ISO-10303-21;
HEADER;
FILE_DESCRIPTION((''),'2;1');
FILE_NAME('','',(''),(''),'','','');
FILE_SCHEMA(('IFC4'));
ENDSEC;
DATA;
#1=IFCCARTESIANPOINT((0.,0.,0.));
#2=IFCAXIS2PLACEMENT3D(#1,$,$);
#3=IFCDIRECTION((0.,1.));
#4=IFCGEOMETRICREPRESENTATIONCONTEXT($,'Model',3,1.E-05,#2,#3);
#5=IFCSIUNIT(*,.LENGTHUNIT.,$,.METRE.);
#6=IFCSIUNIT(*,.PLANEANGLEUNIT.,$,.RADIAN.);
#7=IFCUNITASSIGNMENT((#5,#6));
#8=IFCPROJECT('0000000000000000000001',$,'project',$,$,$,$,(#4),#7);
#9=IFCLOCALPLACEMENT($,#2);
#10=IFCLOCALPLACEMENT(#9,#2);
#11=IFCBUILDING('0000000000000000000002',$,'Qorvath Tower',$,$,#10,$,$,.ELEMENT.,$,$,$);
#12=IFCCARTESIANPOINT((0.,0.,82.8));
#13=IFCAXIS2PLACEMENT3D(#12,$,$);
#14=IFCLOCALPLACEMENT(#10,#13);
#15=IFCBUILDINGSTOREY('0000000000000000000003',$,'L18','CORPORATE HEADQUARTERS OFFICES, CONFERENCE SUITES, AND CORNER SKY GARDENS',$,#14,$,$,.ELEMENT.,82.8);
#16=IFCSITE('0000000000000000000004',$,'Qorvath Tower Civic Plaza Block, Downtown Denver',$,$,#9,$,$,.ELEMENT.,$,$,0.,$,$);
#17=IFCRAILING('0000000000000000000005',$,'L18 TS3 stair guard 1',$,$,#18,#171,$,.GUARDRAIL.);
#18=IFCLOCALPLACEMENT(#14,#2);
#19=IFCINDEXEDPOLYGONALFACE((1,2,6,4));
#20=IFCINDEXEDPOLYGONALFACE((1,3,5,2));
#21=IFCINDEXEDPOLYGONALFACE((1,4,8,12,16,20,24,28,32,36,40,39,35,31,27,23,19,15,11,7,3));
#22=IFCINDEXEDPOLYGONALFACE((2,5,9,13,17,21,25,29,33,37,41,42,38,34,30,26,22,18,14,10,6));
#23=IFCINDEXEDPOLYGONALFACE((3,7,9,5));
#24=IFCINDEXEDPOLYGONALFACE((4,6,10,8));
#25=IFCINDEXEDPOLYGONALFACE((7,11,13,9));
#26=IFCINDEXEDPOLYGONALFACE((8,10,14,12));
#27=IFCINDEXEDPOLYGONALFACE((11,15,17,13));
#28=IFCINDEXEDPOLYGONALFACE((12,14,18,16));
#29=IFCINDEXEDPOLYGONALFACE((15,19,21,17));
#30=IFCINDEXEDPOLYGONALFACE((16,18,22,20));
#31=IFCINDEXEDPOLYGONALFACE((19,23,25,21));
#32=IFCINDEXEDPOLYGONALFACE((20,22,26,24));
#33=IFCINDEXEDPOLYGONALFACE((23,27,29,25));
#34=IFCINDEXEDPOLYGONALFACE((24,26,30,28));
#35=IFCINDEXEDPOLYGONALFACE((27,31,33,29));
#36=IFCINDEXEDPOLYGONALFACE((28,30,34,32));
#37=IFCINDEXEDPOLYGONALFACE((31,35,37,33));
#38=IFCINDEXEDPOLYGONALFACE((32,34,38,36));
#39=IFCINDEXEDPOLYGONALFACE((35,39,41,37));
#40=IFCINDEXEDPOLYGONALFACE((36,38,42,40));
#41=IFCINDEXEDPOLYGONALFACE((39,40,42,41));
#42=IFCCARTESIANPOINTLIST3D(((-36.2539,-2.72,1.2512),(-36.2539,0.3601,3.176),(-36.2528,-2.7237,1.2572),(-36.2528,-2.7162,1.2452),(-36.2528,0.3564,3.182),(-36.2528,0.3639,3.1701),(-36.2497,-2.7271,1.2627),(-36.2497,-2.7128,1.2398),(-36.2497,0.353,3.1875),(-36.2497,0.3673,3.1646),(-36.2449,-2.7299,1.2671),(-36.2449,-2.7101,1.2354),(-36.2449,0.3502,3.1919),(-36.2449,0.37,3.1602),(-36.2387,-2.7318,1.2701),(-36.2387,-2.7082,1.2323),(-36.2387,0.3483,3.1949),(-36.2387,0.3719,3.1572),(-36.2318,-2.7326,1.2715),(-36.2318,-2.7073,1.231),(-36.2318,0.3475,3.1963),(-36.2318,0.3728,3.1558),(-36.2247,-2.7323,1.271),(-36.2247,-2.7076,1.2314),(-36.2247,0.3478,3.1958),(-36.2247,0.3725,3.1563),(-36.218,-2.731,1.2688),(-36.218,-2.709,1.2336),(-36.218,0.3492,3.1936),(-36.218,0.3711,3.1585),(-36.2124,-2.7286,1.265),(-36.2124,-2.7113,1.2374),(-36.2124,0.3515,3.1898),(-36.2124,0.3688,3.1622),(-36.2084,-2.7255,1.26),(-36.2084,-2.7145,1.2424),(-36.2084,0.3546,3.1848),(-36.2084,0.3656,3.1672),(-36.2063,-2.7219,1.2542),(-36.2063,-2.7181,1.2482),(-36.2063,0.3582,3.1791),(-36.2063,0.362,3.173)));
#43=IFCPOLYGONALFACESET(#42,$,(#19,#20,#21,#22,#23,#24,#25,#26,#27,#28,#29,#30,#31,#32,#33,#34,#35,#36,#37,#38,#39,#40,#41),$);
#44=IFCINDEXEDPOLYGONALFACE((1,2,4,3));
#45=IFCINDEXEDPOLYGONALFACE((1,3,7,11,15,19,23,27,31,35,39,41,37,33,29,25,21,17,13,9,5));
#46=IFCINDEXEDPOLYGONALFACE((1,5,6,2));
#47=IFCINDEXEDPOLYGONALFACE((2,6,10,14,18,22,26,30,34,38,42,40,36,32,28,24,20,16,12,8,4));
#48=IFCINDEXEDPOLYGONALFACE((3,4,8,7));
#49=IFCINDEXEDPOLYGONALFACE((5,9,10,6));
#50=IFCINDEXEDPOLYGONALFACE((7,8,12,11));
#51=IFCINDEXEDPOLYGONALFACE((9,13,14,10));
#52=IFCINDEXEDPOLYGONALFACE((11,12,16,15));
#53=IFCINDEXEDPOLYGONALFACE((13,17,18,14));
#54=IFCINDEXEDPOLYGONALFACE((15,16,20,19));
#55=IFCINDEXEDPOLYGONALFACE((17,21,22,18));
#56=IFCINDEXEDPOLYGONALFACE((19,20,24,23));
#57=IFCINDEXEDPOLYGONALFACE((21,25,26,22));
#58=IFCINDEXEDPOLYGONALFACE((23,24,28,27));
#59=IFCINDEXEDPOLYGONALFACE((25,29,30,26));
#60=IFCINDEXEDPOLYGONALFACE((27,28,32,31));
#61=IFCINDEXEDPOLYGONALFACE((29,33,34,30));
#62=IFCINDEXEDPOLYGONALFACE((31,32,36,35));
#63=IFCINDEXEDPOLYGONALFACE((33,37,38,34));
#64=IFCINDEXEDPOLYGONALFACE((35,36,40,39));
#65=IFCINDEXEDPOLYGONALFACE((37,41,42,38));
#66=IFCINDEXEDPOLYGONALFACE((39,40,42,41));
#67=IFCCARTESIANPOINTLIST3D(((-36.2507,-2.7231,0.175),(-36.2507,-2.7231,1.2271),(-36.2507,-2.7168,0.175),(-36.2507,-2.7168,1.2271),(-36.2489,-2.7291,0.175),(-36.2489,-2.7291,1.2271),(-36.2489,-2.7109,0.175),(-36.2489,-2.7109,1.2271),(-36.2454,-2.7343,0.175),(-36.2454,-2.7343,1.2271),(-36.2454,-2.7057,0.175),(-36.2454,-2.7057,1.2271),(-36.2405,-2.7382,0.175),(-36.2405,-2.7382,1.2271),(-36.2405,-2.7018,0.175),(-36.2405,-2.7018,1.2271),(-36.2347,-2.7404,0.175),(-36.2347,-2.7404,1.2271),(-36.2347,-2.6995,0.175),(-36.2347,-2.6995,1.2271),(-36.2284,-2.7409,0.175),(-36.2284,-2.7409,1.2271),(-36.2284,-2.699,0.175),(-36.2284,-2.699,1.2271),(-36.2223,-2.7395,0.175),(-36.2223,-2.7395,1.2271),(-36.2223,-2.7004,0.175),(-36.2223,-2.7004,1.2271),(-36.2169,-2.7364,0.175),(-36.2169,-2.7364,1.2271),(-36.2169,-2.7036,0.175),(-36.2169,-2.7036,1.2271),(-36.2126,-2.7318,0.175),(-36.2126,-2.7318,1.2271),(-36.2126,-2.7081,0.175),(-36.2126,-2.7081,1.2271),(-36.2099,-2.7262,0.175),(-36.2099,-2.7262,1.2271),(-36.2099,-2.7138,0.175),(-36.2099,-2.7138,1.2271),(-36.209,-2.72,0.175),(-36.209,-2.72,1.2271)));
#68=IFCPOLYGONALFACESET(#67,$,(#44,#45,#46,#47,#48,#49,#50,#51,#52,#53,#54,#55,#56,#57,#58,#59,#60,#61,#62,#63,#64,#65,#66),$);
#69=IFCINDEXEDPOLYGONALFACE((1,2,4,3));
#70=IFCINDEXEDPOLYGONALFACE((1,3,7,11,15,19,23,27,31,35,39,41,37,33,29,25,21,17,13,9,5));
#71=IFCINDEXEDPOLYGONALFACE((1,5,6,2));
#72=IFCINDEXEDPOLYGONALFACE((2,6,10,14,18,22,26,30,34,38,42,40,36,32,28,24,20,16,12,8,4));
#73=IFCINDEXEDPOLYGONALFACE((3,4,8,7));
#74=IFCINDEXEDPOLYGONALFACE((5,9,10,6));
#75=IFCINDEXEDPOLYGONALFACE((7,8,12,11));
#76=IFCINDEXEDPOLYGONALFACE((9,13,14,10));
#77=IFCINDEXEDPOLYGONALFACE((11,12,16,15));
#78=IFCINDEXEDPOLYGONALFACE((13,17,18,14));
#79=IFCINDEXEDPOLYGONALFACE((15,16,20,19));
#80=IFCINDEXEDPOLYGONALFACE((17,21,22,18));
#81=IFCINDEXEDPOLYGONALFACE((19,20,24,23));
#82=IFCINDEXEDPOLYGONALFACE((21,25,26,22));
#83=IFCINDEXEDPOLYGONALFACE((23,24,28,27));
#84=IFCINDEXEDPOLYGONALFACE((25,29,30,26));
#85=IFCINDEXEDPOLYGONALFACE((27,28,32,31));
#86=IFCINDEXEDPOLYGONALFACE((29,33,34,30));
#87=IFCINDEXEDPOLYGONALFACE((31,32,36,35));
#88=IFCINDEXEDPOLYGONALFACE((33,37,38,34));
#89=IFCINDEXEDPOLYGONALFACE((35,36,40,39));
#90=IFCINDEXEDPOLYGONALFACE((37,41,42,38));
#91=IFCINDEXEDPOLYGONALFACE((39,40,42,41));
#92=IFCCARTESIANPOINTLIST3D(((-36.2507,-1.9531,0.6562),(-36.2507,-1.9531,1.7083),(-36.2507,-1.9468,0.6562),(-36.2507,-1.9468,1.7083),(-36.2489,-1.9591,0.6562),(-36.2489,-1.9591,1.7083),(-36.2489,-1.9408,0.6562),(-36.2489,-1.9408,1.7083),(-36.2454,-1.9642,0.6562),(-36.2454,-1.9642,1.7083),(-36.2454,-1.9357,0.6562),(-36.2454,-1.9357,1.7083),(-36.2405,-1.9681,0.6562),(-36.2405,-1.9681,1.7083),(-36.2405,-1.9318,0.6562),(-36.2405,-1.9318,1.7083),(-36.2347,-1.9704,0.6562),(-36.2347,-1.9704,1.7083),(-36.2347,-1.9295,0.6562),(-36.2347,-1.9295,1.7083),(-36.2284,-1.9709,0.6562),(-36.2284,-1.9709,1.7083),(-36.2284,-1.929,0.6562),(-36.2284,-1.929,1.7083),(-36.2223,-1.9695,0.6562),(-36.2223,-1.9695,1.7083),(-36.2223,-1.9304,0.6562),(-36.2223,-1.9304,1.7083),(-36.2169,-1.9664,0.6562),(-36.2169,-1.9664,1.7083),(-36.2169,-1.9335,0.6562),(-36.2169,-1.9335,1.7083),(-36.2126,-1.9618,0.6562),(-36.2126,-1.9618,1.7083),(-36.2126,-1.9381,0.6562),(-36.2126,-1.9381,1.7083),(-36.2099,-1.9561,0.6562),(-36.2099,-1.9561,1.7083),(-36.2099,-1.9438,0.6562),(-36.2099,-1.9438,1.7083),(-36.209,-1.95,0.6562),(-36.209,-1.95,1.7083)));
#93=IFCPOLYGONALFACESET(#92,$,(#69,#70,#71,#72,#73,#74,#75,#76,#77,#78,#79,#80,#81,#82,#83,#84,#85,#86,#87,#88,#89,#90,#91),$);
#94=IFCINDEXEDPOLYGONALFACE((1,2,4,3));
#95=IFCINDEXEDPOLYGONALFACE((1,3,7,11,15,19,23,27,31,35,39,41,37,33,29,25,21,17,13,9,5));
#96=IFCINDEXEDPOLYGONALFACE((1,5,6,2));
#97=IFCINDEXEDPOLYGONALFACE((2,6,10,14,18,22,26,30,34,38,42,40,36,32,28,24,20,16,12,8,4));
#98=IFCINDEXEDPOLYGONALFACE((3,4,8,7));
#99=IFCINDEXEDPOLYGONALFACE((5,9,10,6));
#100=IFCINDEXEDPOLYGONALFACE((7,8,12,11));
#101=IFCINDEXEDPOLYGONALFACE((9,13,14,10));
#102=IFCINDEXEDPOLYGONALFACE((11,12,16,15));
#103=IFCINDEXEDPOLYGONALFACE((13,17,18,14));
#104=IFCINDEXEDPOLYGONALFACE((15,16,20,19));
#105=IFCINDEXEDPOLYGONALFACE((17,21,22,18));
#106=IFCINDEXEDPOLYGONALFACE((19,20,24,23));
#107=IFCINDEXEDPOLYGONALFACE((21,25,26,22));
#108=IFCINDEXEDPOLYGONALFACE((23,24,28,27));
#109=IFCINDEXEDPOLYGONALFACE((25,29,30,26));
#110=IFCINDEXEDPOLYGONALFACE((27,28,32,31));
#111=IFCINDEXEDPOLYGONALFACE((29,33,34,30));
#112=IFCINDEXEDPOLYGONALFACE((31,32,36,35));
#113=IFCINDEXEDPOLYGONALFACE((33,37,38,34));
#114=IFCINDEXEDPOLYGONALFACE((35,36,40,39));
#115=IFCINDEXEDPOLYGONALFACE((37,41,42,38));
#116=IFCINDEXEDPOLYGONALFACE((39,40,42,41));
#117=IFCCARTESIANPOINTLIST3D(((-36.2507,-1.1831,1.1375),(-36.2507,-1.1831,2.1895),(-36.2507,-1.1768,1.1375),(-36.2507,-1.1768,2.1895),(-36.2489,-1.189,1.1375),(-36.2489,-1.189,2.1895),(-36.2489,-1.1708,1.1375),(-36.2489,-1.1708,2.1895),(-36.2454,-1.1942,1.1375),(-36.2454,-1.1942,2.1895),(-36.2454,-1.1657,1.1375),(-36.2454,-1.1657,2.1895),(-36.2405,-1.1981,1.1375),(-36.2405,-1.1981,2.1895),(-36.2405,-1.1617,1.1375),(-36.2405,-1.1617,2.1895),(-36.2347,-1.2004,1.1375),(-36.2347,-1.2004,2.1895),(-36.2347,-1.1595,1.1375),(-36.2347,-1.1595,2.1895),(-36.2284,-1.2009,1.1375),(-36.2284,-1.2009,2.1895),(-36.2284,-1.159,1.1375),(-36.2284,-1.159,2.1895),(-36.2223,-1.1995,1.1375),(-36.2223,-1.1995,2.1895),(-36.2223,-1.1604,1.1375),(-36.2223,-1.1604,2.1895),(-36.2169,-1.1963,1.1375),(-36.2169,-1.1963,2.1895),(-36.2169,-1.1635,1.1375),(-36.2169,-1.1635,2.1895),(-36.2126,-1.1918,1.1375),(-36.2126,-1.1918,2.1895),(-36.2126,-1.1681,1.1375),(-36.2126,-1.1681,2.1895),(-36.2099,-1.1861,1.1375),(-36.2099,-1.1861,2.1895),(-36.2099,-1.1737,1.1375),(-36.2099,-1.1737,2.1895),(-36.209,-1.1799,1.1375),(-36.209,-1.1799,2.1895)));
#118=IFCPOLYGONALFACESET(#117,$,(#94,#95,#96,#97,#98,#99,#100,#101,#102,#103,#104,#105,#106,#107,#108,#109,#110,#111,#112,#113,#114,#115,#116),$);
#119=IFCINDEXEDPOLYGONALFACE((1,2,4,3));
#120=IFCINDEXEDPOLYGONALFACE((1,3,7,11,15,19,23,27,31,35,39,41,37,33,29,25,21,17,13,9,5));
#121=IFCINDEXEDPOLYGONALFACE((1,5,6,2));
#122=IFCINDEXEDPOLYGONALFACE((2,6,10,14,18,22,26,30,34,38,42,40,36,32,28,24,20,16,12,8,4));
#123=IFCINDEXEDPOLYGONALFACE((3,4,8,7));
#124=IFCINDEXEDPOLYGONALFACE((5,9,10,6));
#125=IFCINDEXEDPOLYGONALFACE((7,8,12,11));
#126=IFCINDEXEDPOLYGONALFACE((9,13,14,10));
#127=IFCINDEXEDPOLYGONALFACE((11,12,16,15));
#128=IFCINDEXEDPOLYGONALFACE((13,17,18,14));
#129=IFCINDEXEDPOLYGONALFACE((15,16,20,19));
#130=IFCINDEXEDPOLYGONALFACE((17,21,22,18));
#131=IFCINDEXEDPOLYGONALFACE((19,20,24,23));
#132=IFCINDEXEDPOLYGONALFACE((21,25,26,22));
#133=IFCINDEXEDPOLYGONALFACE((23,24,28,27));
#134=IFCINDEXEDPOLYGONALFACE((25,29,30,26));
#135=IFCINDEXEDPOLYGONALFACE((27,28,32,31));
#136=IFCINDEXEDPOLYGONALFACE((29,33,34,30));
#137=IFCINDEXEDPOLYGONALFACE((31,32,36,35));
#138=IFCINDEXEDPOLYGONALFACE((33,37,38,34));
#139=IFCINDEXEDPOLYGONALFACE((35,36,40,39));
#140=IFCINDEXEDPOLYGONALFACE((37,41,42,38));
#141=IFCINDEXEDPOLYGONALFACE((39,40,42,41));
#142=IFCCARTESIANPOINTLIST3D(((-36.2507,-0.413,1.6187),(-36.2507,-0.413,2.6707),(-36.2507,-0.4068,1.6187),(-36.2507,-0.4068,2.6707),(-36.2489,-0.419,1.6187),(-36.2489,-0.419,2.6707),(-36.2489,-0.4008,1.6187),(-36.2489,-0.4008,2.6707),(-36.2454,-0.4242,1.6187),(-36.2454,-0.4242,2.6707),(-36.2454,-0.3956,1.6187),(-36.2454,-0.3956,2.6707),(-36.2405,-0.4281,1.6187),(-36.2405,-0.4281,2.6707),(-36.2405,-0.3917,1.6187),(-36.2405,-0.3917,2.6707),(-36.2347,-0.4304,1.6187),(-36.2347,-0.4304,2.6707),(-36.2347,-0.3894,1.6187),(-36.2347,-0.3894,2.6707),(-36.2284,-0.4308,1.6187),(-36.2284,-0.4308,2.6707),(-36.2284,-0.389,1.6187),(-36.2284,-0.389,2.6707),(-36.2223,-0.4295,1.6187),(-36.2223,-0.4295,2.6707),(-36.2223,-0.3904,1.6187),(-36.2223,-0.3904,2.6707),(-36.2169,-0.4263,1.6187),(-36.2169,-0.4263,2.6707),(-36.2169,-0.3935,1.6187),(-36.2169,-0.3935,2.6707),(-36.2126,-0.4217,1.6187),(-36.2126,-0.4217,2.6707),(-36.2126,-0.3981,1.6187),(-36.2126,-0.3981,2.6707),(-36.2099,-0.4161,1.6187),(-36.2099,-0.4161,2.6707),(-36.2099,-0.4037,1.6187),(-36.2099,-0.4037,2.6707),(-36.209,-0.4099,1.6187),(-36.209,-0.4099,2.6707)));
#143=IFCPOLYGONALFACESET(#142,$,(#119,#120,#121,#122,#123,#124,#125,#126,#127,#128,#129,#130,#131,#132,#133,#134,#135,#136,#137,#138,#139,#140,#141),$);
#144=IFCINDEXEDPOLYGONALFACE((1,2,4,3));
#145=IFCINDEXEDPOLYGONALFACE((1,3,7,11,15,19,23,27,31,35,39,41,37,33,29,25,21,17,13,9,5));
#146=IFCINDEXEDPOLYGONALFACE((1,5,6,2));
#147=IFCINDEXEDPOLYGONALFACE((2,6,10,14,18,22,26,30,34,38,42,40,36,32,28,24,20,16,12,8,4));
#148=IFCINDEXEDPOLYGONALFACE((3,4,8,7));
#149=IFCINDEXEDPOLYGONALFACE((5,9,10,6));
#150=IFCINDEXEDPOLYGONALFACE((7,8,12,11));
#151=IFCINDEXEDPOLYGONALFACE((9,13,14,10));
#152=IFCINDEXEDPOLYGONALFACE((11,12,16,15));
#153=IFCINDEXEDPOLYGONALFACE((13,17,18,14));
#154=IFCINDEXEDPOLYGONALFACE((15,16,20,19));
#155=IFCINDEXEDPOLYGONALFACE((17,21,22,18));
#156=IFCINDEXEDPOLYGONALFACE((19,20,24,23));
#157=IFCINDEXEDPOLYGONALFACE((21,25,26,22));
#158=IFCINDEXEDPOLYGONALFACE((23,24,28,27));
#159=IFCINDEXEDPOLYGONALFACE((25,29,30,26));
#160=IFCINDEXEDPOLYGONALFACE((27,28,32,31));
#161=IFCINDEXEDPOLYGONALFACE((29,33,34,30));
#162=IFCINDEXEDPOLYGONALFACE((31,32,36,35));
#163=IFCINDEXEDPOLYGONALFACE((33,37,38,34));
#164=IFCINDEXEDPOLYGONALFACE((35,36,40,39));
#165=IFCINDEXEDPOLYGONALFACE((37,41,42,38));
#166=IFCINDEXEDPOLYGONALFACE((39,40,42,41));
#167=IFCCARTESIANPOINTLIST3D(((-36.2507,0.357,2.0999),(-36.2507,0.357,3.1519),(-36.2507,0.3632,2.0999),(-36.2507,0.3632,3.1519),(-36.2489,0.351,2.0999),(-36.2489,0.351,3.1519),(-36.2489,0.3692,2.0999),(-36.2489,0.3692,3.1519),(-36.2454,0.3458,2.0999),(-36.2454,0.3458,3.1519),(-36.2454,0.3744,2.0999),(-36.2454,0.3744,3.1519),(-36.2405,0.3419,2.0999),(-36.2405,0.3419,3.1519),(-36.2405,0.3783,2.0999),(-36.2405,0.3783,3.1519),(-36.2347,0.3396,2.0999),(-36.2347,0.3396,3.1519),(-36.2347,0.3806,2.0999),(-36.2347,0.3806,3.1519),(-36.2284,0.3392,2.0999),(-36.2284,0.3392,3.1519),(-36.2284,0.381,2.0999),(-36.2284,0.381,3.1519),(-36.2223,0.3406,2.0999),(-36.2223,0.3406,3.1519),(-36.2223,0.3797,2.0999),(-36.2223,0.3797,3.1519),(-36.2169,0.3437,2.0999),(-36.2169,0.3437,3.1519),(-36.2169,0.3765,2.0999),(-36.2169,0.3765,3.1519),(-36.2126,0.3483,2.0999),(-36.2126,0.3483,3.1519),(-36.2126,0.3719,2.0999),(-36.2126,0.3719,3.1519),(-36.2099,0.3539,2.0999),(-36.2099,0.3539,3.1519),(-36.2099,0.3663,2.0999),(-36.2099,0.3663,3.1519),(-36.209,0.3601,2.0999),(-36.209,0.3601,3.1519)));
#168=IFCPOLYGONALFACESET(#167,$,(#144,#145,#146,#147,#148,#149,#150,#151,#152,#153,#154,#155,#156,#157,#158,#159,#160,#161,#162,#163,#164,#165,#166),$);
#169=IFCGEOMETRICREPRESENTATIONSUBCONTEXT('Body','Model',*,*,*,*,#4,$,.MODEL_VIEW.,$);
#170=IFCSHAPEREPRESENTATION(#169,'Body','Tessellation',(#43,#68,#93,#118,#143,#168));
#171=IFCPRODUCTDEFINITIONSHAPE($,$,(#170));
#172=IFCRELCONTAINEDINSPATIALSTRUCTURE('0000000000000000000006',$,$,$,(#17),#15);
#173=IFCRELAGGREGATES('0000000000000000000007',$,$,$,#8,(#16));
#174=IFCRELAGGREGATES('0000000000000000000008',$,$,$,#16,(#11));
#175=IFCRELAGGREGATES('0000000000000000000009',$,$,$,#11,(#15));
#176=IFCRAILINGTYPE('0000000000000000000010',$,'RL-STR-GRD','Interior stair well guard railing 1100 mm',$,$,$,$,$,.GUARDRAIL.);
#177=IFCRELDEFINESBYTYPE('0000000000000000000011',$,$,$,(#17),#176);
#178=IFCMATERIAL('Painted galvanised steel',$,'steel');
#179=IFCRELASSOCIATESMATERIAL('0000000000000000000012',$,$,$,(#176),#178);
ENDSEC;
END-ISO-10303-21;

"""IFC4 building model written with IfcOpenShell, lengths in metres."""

from ifc_helpers import new_model, si_unit, direction, frame, origin, origin_2d, place, context, subcontext, project, spatial, circle, extrude, material, type_object, element, save


model = new_model("IFC4")

# Units and contexts
model_context = context("Model", 3, precision=1e-05, world=origin(), true_north=direction((0.0, 1.0)))
body_context = subcontext(model_context, "Body", "Model", "MODEL_VIEW")
ifc_project = project(units=[si_unit("LENGTHUNIT", "METRE"), si_unit("PLANEANGLEUNIT", "RADIAN")], contexts=[model_context])

# Site, building, storey
site_placement = place(None, origin())
site = spatial("IfcSite", under=ifc_project, at=site_placement, Name="Qorvath Tower Civic Plaza Block, Downtown Denver", CompositionType="ELEMENT", RefElevation=0.0)
building_placement = place(site_placement, origin())
building = spatial("IfcBuilding", under=site, at=building_placement, Name="Qorvath Tower", CompositionType="ELEMENT")
storey_placement = place(building_placement, frame((0.0, 0.0, 82.8)))
storey = spatial("IfcBuildingStorey", under=building, at=storey_placement, Name="L18", Description="CORPORATE HEADQUARTERS OFFICES, CONFERENCE SUITES, AND CORNER SKY GARDENS", CompositionType="ELEMENT", Elevation=82.8)

# Railing
ifc_material_1 = material(Name="Painted galvanised steel", Category="steel")
railing_type_1 = type_object("IfcRailingType", Name="RL-STR-GRD", Description="Interior stair well guard railing 1100 mm", PredefinedType="GUARDRAIL", material=ifc_material_1)
railing_1_placement = place(storey_placement, frame((-36.23, -2.72, 0.175)))
element("IfcRailing", 1, at=railing_1_placement, inside=storey, type_object=railing_type_1, Name="L18 TS3 stair guard 1", PredefinedType="GUARDRAIL", context=body_context, shape_type="SweptSolid", body=[
    extrude(circle(Radius=0.0239, at=origin_2d()), frame((0.0, 0.0, 1.0762), z_axis=(0.0, 0.848029, 0.529951), x_axis=(-1.0, 0.0, 0.0)), (0.0, 0.0, 1.0), 3.6321),
    extrude(circle(Radius=0.021, at=origin_2d()), origin(), (0.0, 0.0, 1.0), 1.052),
    extrude(circle(Radius=0.021, at=origin_2d()), frame((0.0, 0.77, 0.4812)), (0.0, 0.0, 1.0), 1.052),
    extrude(circle(Radius=0.021, at=origin_2d()), frame((0.0, 1.54, 0.9624)), (0.0, 0.0, 1.0), 1.052),
    extrude(circle(Radius=0.021, at=origin_2d()), frame((0.0, 2.3101, 1.4436)), (0.0, 0.0, 1.0), 1.052),
    extrude(circle(Radius=0.021, at=origin_2d()), frame((0.0, 3.0801, 1.9248)), (0.0, 0.0, 1.0), 1.052),
])

save(model, "model.ifc")
